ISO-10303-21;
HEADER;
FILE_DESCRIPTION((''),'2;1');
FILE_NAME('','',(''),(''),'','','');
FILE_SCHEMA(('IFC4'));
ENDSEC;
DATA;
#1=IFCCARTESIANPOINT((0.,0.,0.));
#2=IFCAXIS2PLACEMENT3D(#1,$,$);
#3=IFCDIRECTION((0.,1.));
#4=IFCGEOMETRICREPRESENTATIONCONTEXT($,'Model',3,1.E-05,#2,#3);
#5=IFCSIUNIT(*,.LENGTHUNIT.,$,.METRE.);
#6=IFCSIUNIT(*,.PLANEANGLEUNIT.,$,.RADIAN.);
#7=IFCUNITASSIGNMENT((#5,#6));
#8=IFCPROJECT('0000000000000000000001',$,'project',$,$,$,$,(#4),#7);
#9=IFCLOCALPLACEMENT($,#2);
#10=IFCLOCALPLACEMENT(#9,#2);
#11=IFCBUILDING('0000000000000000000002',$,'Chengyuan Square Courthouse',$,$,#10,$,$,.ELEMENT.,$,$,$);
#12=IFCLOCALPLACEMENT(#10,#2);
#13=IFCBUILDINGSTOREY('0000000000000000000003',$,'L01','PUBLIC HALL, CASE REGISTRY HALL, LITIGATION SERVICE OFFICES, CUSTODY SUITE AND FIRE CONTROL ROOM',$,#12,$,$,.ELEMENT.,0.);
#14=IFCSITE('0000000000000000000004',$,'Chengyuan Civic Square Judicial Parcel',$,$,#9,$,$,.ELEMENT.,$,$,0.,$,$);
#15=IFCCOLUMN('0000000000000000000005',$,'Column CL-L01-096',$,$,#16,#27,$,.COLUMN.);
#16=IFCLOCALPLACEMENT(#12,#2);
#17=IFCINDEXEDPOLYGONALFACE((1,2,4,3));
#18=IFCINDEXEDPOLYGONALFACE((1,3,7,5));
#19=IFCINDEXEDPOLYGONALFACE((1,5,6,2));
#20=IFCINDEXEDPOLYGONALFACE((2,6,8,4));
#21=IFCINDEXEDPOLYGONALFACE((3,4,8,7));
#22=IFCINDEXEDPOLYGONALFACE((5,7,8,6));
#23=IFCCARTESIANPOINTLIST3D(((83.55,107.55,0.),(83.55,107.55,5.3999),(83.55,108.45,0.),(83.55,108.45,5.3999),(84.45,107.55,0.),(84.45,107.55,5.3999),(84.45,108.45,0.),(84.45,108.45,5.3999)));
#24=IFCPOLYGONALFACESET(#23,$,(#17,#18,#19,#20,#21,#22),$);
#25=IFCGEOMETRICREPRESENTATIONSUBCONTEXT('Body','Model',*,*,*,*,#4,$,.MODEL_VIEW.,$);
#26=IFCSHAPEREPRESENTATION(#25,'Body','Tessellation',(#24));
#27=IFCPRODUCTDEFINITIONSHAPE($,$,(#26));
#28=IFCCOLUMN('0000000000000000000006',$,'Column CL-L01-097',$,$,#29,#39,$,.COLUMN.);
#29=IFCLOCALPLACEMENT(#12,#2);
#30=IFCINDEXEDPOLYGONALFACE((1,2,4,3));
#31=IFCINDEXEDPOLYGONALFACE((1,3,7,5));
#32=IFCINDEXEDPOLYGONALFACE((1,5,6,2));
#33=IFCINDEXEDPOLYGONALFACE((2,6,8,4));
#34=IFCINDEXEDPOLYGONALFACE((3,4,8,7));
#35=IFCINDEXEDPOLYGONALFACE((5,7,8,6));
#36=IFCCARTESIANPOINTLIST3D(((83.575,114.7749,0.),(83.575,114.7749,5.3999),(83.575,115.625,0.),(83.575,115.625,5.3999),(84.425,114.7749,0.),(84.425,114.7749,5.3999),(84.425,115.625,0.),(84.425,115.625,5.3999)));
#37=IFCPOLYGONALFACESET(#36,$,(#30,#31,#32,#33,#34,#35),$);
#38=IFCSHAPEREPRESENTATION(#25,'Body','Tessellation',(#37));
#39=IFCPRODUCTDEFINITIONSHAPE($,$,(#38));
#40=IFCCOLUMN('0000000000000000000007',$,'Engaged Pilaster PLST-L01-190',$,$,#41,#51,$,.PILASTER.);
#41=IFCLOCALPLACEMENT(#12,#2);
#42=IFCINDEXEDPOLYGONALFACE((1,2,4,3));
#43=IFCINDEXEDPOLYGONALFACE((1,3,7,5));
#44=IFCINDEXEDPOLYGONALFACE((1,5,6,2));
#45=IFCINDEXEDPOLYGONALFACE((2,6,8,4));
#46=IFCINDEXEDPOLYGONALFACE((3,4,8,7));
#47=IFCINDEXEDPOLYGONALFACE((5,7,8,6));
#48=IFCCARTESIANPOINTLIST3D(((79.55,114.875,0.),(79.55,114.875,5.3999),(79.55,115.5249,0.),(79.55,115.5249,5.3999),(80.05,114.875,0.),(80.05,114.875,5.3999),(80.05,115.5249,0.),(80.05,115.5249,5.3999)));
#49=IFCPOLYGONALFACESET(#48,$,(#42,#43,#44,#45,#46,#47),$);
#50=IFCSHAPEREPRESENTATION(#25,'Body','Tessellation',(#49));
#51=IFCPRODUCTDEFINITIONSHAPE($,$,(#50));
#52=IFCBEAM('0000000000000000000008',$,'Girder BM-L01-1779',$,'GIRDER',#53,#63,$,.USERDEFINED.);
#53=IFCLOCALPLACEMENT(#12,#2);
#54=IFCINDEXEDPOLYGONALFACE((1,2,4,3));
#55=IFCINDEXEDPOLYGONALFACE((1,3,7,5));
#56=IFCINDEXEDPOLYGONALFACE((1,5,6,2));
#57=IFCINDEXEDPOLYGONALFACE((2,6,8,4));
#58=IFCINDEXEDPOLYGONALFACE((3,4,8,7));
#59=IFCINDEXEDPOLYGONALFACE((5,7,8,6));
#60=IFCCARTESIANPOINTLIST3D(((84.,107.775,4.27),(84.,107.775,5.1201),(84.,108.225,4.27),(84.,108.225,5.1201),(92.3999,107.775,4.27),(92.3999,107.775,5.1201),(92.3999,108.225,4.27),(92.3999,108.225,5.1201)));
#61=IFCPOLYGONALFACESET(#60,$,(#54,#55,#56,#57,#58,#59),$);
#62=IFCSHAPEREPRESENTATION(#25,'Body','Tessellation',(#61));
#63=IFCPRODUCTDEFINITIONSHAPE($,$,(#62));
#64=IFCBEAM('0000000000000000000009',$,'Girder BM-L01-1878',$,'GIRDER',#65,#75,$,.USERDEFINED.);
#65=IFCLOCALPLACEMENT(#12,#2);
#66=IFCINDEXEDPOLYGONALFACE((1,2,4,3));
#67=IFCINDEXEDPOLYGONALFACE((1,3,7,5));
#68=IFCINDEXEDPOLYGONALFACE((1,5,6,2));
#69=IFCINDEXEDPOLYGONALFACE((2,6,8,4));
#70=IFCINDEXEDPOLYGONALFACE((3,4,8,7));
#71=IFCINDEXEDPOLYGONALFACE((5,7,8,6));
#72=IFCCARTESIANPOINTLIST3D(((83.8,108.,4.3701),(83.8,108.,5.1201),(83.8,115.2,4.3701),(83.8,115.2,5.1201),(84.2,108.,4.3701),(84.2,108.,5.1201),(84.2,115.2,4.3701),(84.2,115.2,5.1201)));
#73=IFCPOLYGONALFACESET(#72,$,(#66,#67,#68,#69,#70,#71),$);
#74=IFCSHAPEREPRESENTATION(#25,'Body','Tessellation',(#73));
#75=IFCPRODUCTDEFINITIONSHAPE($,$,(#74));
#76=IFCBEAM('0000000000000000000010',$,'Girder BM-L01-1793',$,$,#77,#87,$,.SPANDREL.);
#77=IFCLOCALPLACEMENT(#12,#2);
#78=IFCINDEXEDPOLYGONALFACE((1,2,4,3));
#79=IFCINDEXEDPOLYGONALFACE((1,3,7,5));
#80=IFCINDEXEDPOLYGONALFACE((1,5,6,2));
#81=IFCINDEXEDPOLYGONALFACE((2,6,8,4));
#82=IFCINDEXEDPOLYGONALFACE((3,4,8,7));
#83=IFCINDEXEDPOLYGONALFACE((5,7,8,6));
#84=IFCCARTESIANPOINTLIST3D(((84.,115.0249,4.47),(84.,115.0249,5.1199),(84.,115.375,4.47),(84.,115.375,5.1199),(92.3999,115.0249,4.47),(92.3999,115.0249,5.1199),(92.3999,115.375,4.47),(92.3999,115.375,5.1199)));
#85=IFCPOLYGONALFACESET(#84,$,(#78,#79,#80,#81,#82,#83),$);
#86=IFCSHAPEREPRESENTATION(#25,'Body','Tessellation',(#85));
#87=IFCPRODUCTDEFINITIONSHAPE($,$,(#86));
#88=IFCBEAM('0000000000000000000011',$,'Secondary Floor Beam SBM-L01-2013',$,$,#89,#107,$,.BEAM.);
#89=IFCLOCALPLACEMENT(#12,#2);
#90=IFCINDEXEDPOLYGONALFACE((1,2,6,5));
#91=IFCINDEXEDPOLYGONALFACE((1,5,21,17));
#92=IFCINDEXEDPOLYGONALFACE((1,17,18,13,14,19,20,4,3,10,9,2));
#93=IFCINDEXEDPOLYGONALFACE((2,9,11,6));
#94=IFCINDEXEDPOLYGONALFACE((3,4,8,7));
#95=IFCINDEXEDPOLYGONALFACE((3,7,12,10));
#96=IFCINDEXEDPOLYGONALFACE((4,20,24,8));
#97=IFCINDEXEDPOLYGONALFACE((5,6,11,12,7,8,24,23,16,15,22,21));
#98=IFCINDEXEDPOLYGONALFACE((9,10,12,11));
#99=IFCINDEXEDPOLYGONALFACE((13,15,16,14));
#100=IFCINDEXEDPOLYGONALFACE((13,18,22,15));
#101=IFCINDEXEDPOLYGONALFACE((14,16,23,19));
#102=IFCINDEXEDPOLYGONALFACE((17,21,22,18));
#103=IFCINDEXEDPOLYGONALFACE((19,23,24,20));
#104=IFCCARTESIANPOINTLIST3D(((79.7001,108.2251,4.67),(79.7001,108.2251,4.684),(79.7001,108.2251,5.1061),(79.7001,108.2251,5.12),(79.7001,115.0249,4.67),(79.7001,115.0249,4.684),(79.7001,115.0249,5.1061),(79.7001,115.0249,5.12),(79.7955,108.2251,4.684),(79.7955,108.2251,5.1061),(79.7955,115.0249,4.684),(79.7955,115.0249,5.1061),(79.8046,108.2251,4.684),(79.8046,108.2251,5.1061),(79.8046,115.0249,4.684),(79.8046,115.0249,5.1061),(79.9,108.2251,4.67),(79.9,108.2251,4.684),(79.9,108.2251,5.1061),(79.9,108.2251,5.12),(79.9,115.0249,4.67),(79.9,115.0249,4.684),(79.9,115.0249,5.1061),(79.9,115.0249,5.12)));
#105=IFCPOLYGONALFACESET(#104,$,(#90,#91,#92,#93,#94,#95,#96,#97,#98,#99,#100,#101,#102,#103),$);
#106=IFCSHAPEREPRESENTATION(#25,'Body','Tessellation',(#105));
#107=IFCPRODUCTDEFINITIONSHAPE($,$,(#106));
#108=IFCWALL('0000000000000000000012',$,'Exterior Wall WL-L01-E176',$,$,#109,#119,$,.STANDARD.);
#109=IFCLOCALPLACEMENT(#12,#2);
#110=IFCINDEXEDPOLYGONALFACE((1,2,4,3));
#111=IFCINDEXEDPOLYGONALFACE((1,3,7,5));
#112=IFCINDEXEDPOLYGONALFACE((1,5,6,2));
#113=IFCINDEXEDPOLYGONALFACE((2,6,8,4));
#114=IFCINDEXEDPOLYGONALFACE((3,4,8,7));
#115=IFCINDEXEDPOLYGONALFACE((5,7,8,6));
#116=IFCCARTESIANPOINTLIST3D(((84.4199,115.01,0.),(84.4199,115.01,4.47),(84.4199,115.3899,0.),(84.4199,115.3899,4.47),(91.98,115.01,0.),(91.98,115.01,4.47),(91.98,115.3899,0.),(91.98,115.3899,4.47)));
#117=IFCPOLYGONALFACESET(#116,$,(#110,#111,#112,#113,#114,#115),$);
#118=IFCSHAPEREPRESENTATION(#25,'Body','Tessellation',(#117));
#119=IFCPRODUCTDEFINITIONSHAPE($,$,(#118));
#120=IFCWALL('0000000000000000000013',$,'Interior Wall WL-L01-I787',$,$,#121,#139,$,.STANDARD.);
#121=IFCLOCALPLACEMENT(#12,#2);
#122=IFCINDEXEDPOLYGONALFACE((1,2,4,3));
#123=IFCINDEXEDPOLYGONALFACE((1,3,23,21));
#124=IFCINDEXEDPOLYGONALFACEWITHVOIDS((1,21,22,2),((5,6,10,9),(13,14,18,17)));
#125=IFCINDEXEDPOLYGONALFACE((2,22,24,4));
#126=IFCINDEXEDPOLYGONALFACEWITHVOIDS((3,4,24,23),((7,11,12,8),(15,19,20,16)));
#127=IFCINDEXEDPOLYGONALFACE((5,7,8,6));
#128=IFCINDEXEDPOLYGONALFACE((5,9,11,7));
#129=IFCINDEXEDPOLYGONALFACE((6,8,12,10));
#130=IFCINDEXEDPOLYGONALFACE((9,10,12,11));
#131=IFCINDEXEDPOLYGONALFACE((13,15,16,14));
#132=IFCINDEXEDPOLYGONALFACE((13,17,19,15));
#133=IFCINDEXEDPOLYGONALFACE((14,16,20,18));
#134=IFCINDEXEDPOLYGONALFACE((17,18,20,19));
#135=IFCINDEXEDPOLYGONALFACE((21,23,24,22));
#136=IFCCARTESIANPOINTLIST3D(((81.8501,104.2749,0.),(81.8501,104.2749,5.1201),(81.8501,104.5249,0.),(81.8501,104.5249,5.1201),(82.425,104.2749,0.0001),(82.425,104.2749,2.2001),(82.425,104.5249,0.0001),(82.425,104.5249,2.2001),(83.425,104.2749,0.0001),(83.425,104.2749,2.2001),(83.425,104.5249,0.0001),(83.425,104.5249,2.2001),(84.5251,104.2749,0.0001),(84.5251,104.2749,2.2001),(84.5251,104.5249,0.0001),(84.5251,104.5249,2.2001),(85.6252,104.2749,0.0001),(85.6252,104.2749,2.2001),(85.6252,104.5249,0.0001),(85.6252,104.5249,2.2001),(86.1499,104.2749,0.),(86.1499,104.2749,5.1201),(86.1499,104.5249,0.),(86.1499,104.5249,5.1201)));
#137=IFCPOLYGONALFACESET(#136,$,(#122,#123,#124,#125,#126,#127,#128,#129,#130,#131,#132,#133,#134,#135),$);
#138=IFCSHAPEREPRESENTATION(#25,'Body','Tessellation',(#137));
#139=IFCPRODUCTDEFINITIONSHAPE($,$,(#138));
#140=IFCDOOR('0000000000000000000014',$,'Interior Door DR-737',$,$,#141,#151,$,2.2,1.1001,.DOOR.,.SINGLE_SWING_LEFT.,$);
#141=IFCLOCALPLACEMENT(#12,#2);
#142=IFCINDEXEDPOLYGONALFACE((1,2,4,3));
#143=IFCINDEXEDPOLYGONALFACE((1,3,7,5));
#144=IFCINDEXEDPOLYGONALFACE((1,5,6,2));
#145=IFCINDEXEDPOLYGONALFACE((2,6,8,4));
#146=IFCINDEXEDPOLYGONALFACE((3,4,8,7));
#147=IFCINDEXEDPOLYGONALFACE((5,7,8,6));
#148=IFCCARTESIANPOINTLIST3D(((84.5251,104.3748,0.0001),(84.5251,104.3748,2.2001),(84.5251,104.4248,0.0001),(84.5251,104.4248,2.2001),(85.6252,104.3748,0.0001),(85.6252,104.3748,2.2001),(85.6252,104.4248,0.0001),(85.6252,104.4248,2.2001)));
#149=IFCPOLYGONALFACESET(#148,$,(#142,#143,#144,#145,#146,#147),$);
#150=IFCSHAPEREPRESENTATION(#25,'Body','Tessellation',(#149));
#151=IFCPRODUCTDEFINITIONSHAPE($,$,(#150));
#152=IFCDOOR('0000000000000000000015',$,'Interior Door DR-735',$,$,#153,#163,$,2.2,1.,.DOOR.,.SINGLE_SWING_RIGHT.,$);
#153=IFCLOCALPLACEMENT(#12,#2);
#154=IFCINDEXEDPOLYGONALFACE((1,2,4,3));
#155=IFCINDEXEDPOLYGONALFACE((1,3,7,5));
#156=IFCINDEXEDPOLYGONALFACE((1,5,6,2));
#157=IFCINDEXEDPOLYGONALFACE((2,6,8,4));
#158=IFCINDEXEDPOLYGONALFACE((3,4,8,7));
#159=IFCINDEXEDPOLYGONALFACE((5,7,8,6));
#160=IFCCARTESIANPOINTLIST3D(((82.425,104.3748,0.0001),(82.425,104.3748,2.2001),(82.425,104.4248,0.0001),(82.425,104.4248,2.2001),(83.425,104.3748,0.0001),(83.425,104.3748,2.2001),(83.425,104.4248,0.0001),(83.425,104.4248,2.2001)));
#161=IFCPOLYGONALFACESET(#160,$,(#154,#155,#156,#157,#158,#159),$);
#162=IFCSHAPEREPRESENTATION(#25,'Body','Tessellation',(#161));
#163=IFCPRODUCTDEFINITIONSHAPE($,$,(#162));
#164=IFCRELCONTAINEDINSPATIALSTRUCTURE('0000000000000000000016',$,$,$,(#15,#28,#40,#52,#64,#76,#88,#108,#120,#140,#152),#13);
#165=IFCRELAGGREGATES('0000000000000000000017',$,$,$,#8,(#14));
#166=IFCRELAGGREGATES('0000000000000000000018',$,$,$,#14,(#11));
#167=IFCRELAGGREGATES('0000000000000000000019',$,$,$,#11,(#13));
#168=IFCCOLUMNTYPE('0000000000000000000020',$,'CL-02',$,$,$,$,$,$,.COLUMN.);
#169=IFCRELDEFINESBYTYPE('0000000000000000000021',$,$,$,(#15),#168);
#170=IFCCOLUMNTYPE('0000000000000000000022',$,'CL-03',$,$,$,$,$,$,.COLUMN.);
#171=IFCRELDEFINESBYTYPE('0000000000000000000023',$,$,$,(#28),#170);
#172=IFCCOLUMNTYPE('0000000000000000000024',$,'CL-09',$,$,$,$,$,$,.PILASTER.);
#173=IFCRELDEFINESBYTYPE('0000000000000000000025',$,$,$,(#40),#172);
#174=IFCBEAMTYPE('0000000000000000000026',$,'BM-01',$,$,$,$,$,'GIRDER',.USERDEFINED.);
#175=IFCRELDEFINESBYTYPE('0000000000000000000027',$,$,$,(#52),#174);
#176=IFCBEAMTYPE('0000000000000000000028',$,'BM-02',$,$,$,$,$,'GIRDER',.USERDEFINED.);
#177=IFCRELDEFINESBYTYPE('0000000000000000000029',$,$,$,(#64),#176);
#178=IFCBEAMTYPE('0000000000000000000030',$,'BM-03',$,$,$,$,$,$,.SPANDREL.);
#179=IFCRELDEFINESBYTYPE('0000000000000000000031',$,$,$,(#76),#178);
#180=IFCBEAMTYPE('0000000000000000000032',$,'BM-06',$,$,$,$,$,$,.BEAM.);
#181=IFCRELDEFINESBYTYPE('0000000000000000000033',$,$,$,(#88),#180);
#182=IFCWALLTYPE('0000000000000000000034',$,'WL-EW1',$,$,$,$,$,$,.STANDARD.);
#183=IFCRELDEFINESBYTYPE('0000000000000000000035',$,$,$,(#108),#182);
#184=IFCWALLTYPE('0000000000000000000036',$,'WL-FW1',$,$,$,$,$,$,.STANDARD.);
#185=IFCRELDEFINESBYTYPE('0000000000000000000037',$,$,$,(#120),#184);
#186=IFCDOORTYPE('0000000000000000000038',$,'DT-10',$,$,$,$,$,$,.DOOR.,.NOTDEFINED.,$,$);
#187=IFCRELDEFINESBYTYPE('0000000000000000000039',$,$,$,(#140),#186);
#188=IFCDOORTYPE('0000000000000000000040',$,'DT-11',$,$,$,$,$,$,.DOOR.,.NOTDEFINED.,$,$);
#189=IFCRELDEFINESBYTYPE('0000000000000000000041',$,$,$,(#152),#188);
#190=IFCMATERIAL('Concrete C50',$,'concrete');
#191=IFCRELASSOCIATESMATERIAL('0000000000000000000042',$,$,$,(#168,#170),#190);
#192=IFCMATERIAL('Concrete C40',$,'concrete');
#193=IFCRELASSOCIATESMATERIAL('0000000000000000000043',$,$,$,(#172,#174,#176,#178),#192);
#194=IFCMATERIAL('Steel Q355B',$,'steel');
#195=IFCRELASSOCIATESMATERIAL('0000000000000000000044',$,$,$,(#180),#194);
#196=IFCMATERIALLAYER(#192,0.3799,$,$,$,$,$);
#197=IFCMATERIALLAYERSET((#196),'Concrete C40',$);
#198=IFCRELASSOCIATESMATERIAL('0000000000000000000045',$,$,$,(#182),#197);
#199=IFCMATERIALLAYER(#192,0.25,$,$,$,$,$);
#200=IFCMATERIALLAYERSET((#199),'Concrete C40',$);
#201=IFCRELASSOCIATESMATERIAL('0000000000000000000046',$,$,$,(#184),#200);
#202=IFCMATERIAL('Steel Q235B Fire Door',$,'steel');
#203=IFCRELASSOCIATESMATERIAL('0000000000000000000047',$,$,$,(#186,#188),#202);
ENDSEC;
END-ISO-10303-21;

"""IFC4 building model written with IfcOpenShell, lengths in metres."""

from ifc_helpers import new_model, si_unit, direction, frame, frame_2d, origin, origin_2d, place, context, subcontext, project, spatial, rectangle, i_section, extrude, material, layer, layer_set, material_profile, profile_set, type_object, element, fill, save


model = new_model("IFC4")

# Units and contexts
model_context = context("Model", 3, precision=1e-05, world=origin(), true_north=direction((0.0, 1.0)))
body_context = subcontext(model_context, "Body", "Model", "MODEL_VIEW")
ifc_project = project(units=[si_unit("LENGTHUNIT", "METRE"), si_unit("PLANEANGLEUNIT", "RADIAN")], contexts=[model_context])

# Site, building, storey
site_placement = place(None, origin())
site = spatial("IfcSite", under=ifc_project, at=site_placement, Name="Chengyuan Civic Square Judicial Parcel", CompositionType="ELEMENT", RefElevation=0.0)
building_placement = place(site_placement, origin())
building = spatial("IfcBuilding", under=site, at=building_placement, Name="Chengyuan Square Courthouse", CompositionType="ELEMENT")
storey_placement = place(building_placement, origin())
storey = spatial("IfcBuildingStorey", under=building, at=storey_placement, Name="L01", Description="PUBLIC HALL, CASE REGISTRY HALL, LITIGATION SERVICE OFFICES, CUSTODY SUITE AND FIRE CONTROL ROOM", CompositionType="ELEMENT", Elevation=0.0)

# Columns
ifc_material_1 = material(Name="Concrete C50", Category="concrete")
ifc_material_profile_1 = material_profile(ifc_material_1, rectangle(XDim=0.8999, YDim=0.8999, at=origin_2d()), Name="RC-COL-900x900")
ifc_profile_set_1 = profile_set([ifc_material_profile_1], Name="Concrete C50")
column_type_1 = type_object("IfcColumnType", Name="CL-02", PredefinedType="COLUMN", material=ifc_profile_set_1)
column_1_placement = place(storey_placement, frame((84.0, 108.0, 0.0), z_axis=(0.0, 0.0, 1.0), x_axis=(1.0, 0.0, 0.0)))
element("IfcColumn", 1, at=column_1_placement, inside=storey, type_object=column_type_1, Name="Column CL-L01-096", PredefinedType="COLUMN", context=body_context, shape_type="SweptSolid", body=[
    extrude(rectangle(XDim=0.8999, YDim=0.8999, at=origin_2d()), origin(), (0.0, 0.0, 1.0), 5.3999),
])
ifc_material_profile_2 = material_profile(ifc_material_1, rectangle(XDim=0.8501, YDim=0.8501, at=origin_2d()), Name="RC-COL-850x850")
ifc_profile_set_2 = profile_set([ifc_material_profile_2], Name="Concrete C50")
column_type_2 = type_object("IfcColumnType", Name="CL-03", PredefinedType="COLUMN", material=ifc_profile_set_2)
column_2_placement = place(storey_placement, frame((84.0, 115.2, 0.0), z_axis=(0.0, 0.0, 1.0), x_axis=(1.0, 0.0, 0.0)))
element("IfcColumn", 2, at=column_2_placement, inside=storey, type_object=column_type_2, Name="Column CL-L01-097", PredefinedType="COLUMN", context=body_context, shape_type="SweptSolid", body=[
    extrude(rectangle(XDim=0.8501, YDim=0.8501, at=origin_2d()), origin(), (0.0, 0.0, 1.0), 5.3999),
])
ifc_material_2 = material(Name="Concrete C40", Category="concrete")
ifc_material_profile_3 = material_profile(ifc_material_2, rectangle(XDim=0.5, YDim=0.6499, at=origin_2d()), Name="RC-PIL-500x650")
ifc_profile_set_3 = profile_set([ifc_material_profile_3], Name="Concrete C40")
column_type_3 = type_object("IfcColumnType", Name="CL-09", PredefinedType="PILASTER", material=ifc_profile_set_3)
column_3_placement = place(storey_placement, frame((79.8, 115.2, 0.0), z_axis=(0.0, 0.0, 1.0), x_axis=(1.0, 0.0, 0.0)))
element("IfcColumn", 3, at=column_3_placement, inside=storey, type_object=column_type_3, Name="Engaged Pilaster PLST-L01-190", PredefinedType="PILASTER", context=body_context, shape_type="SweptSolid", body=[
    extrude(rectangle(XDim=0.5, YDim=0.6499, at=origin_2d()), origin(), (0.0, 0.0, 1.0), 5.3999),
])

# Beams
ifc_material_profile_4 = material_profile(ifc_material_2, rectangle(XDim=0.45, YDim=0.8501, at=origin_2d()), Name="RC-BM-450x850")
ifc_profile_set_4 = profile_set([ifc_material_profile_4], Name="Concrete C40")
beam_type_1 = type_object("IfcBeamType", Name="BM-01", ElementType="GIRDER", PredefinedType="USERDEFINED", material=ifc_profile_set_4)
beam_1_placement = place(storey_placement, frame((84.0, 108.0, 4.6951), z_axis=(1.0, 0.0, 0.0), x_axis=(0.0, 1.0, 0.0)))
element("IfcBeam", 4, at=beam_1_placement, inside=storey, type_object=beam_type_1, Name="Girder BM-L01-1779", ObjectType="GIRDER", PredefinedType="USERDEFINED", context=body_context, shape_type="SweptSolid", body=[
    extrude(rectangle(XDim=0.45, YDim=0.8501, at=origin_2d()), origin(), (0.0, 0.0, 1.0), 8.3999),
])
ifc_material_profile_5 = material_profile(ifc_material_2, rectangle(XDim=0.3999, YDim=0.75, at=origin_2d()), Name="RC-BM-400x750")
ifc_profile_set_5 = profile_set([ifc_material_profile_5], Name="Concrete C40")
beam_type_2 = type_object("IfcBeamType", Name="BM-02", ElementType="GIRDER", PredefinedType="USERDEFINED", material=ifc_profile_set_5)
beam_2_placement = place(storey_placement, frame((84.0, 108.0, 4.7451), z_axis=(0.0, 1.0, 0.0), x_axis=(-1.0, 0.0, 0.0)))
element("IfcBeam", 5, at=beam_2_placement, inside=storey, type_object=beam_type_2, Name="Girder BM-L01-1878", ObjectType="GIRDER", PredefinedType="USERDEFINED", context=body_context, shape_type="SweptSolid", body=[
    extrude(rectangle(XDim=0.3999, YDim=0.75, at=origin_2d()), origin(), (0.0, 0.0, 1.0), 7.2),
])
ifc_material_profile_6 = material_profile(ifc_material_2, rectangle(XDim=0.3501, YDim=0.6499, at=origin_2d()), Name="RC-BM-350x650")
ifc_profile_set_6 = profile_set([ifc_material_profile_6], Name="Concrete C40")
beam_type_3 = type_object("IfcBeamType", Name="BM-03", PredefinedType="SPANDREL", material=ifc_profile_set_6)
beam_3_placement = place(storey_placement, frame((84.0, 115.2, 4.7949), z_axis=(1.0, 0.0, 0.0), x_axis=(0.0, 1.0, 0.0)))
element("IfcBeam", 6, at=beam_3_placement, inside=storey, type_object=beam_type_3, Name="Girder BM-L01-1793", PredefinedType="SPANDREL", context=body_context, shape_type="SweptSolid", body=[
    extrude(rectangle(XDim=0.3501, YDim=0.6499, at=origin_2d()), origin(), (0.0, 0.0, 1.0), 8.3999),
])
ifc_material_3 = material(Name="Steel Q355B", Category="steel")
ifc_material_profile_7 = material_profile(ifc_material_3, i_section(OverallWidth=0.2, OverallDepth=0.45, WebThickness=0.009, FlangeThickness=0.0139, at=origin_2d()), Name="HN 450x200x9x14")
ifc_profile_set_7 = profile_set([ifc_material_profile_7], Name="Steel Q355B")
beam_type_4 = type_object("IfcBeamType", Name="BM-06", PredefinedType="BEAM", material=ifc_profile_set_7)
beam_4_placement = place(storey_placement, frame((79.8, 108.2251, 4.895), z_axis=(0.0, 1.0, 0.0), x_axis=(-1.0, 0.0, 0.0)))
element("IfcBeam", 7, at=beam_4_placement, inside=storey, type_object=beam_type_4, Name="Secondary Floor Beam SBM-L01-2013", PredefinedType="BEAM", context=body_context, shape_type="SweptSolid", body=[
    extrude(i_section(OverallWidth=0.2, OverallDepth=0.45, WebThickness=0.009, FlangeThickness=0.0139, at=origin_2d()), origin(), (0.0, 0.0, 1.0), 6.7998),
])

# Wall
ifc_layer_1 = layer(ifc_material_2, 0.3799)
ifc_layer_set_1 = layer_set([ifc_layer_1], Name="Concrete C40")
wall_type_1 = type_object("IfcWallType", Name="WL-EW1", PredefinedType="STANDARD", material=ifc_layer_set_1)
wall_1_placement = place(storey_placement, frame((84.4199, 115.2, 0.0), z_axis=(0.0, 0.0, 1.0), x_axis=(1.0, 0.0, 0.0)))
element("IfcWall", 8, at=wall_1_placement, inside=storey, type_object=wall_type_1, Name="Exterior Wall WL-L01-E176", PredefinedType="STANDARD", context=body_context, shape_type="SweptSolid", body=[
    extrude(rectangle(XDim=7.5601, YDim=0.3799, at=frame_2d((3.78, 0.0))), origin(), (0.0, 0.0, 1.0), 4.47),
])

# Wall, openings, doors
ifc_layer_2 = layer(ifc_material_2, 0.25)
ifc_layer_set_2 = layer_set([ifc_layer_2], Name="Concrete C40")
wall_type_2 = type_object("IfcWallType", Name="WL-FW1", PredefinedType="STANDARD", material=ifc_layer_set_2)
wall_2_placement = place(storey_placement, frame((81.8501, 104.3999, 0.0), z_axis=(0.0, 0.0, 1.0), x_axis=(1.0, 0.0, 0.0)))
wall_2 = element("IfcWall", 9, at=wall_2_placement, inside=storey, type_object=wall_type_2, Name="Interior Wall WL-L01-I787", PredefinedType="STANDARD", context=body_context, shape_type="SweptSolid", body=[
    extrude(rectangle(XDim=4.2998, YDim=0.25, at=frame_2d((2.1499, 0.0))), origin(), (0.0, 0.0, 1.0), 5.1201),
])
opening_1_placement = place(wall_2_placement, frame((0.575, 0.0, 0.0)))
opening_1 = element("IfcOpeningElement", 10, at=opening_1_placement, cuts=wall_2, PredefinedType="OPENING", context=body_context, shape_type="SweptSolid", body=[
    extrude(rectangle(XDim=1.0, YDim=2.2, at=frame_2d((0.5, 1.1001))), frame((0.0, 0.137, 0.0), z_axis=(0.0, -1.0, 0.0), x_axis=(1.0, 0.0, 0.0)), (0.0, 0.0, 1.0), 0.2739),
])
opening_2_placement = place(wall_2_placement, frame((2.675, 0.0, 0.0)))
opening_2 = element("IfcOpeningElement", 11, at=opening_2_placement, cuts=wall_2, PredefinedType="OPENING", context=body_context, shape_type="SweptSolid", body=[
    extrude(rectangle(XDim=1.1001, YDim=2.2, at=frame_2d((0.55, 1.1001))), frame((0.0, 0.137, 0.0), z_axis=(0.0, -1.0, 0.0), x_axis=(1.0, 0.0, 0.0)), (0.0, 0.0, 1.0), 0.2739),
])
ifc_material_4 = material(Name="Steel Q235B Fire Door", Category="steel")
door_type_1 = type_object("IfcDoorType", Name="DT-10", OperationType="NOTDEFINED", PredefinedType="DOOR", material=ifc_material_4)
door_1_placement = place(opening_2_placement, origin())
door_1 = element("IfcDoor", 12, at=door_1_placement, inside=storey, type_object=door_type_1, Name="Interior Door DR-737", OperationType="SINGLE_SWING_LEFT", OverallHeight=2.2, OverallWidth=1.1001, PredefinedType="DOOR", context=body_context, shape_type="SweptSolid", body=[
    extrude(rectangle(XDim=1.1001, YDim=2.2, at=frame_2d((0.55, 1.1001))), frame((0.0, 0.0249, 0.0), z_axis=(0.0, -1.0, 0.0), x_axis=(1.0, 0.0, 0.0)), (0.0, 0.0, 1.0), 0.05),
])
fill(opening_2, door_1)
door_type_2 = type_object("IfcDoorType", Name="DT-11", OperationType="NOTDEFINED", PredefinedType="DOOR", material=ifc_material_4)
door_2_placement = place(opening_1_placement, origin())
door_2 = element("IfcDoor", 13, at=door_2_placement, inside=storey, type_object=door_type_2, Name="Interior Door DR-735", OperationType="SINGLE_SWING_RIGHT", OverallHeight=2.2, OverallWidth=1.0, PredefinedType="DOOR", context=body_context, shape_type="SweptSolid", body=[
    extrude(rectangle(XDim=1.0, YDim=2.2, at=frame_2d((0.5, 1.1001))), frame((0.0, 0.0249, 0.0), z_axis=(0.0, -1.0, 0.0), x_axis=(1.0, 0.0, 0.0)), (0.0, 0.0, 1.0), 0.05),
])
fill(opening_1, door_2)

save(model, "model.ifc")
